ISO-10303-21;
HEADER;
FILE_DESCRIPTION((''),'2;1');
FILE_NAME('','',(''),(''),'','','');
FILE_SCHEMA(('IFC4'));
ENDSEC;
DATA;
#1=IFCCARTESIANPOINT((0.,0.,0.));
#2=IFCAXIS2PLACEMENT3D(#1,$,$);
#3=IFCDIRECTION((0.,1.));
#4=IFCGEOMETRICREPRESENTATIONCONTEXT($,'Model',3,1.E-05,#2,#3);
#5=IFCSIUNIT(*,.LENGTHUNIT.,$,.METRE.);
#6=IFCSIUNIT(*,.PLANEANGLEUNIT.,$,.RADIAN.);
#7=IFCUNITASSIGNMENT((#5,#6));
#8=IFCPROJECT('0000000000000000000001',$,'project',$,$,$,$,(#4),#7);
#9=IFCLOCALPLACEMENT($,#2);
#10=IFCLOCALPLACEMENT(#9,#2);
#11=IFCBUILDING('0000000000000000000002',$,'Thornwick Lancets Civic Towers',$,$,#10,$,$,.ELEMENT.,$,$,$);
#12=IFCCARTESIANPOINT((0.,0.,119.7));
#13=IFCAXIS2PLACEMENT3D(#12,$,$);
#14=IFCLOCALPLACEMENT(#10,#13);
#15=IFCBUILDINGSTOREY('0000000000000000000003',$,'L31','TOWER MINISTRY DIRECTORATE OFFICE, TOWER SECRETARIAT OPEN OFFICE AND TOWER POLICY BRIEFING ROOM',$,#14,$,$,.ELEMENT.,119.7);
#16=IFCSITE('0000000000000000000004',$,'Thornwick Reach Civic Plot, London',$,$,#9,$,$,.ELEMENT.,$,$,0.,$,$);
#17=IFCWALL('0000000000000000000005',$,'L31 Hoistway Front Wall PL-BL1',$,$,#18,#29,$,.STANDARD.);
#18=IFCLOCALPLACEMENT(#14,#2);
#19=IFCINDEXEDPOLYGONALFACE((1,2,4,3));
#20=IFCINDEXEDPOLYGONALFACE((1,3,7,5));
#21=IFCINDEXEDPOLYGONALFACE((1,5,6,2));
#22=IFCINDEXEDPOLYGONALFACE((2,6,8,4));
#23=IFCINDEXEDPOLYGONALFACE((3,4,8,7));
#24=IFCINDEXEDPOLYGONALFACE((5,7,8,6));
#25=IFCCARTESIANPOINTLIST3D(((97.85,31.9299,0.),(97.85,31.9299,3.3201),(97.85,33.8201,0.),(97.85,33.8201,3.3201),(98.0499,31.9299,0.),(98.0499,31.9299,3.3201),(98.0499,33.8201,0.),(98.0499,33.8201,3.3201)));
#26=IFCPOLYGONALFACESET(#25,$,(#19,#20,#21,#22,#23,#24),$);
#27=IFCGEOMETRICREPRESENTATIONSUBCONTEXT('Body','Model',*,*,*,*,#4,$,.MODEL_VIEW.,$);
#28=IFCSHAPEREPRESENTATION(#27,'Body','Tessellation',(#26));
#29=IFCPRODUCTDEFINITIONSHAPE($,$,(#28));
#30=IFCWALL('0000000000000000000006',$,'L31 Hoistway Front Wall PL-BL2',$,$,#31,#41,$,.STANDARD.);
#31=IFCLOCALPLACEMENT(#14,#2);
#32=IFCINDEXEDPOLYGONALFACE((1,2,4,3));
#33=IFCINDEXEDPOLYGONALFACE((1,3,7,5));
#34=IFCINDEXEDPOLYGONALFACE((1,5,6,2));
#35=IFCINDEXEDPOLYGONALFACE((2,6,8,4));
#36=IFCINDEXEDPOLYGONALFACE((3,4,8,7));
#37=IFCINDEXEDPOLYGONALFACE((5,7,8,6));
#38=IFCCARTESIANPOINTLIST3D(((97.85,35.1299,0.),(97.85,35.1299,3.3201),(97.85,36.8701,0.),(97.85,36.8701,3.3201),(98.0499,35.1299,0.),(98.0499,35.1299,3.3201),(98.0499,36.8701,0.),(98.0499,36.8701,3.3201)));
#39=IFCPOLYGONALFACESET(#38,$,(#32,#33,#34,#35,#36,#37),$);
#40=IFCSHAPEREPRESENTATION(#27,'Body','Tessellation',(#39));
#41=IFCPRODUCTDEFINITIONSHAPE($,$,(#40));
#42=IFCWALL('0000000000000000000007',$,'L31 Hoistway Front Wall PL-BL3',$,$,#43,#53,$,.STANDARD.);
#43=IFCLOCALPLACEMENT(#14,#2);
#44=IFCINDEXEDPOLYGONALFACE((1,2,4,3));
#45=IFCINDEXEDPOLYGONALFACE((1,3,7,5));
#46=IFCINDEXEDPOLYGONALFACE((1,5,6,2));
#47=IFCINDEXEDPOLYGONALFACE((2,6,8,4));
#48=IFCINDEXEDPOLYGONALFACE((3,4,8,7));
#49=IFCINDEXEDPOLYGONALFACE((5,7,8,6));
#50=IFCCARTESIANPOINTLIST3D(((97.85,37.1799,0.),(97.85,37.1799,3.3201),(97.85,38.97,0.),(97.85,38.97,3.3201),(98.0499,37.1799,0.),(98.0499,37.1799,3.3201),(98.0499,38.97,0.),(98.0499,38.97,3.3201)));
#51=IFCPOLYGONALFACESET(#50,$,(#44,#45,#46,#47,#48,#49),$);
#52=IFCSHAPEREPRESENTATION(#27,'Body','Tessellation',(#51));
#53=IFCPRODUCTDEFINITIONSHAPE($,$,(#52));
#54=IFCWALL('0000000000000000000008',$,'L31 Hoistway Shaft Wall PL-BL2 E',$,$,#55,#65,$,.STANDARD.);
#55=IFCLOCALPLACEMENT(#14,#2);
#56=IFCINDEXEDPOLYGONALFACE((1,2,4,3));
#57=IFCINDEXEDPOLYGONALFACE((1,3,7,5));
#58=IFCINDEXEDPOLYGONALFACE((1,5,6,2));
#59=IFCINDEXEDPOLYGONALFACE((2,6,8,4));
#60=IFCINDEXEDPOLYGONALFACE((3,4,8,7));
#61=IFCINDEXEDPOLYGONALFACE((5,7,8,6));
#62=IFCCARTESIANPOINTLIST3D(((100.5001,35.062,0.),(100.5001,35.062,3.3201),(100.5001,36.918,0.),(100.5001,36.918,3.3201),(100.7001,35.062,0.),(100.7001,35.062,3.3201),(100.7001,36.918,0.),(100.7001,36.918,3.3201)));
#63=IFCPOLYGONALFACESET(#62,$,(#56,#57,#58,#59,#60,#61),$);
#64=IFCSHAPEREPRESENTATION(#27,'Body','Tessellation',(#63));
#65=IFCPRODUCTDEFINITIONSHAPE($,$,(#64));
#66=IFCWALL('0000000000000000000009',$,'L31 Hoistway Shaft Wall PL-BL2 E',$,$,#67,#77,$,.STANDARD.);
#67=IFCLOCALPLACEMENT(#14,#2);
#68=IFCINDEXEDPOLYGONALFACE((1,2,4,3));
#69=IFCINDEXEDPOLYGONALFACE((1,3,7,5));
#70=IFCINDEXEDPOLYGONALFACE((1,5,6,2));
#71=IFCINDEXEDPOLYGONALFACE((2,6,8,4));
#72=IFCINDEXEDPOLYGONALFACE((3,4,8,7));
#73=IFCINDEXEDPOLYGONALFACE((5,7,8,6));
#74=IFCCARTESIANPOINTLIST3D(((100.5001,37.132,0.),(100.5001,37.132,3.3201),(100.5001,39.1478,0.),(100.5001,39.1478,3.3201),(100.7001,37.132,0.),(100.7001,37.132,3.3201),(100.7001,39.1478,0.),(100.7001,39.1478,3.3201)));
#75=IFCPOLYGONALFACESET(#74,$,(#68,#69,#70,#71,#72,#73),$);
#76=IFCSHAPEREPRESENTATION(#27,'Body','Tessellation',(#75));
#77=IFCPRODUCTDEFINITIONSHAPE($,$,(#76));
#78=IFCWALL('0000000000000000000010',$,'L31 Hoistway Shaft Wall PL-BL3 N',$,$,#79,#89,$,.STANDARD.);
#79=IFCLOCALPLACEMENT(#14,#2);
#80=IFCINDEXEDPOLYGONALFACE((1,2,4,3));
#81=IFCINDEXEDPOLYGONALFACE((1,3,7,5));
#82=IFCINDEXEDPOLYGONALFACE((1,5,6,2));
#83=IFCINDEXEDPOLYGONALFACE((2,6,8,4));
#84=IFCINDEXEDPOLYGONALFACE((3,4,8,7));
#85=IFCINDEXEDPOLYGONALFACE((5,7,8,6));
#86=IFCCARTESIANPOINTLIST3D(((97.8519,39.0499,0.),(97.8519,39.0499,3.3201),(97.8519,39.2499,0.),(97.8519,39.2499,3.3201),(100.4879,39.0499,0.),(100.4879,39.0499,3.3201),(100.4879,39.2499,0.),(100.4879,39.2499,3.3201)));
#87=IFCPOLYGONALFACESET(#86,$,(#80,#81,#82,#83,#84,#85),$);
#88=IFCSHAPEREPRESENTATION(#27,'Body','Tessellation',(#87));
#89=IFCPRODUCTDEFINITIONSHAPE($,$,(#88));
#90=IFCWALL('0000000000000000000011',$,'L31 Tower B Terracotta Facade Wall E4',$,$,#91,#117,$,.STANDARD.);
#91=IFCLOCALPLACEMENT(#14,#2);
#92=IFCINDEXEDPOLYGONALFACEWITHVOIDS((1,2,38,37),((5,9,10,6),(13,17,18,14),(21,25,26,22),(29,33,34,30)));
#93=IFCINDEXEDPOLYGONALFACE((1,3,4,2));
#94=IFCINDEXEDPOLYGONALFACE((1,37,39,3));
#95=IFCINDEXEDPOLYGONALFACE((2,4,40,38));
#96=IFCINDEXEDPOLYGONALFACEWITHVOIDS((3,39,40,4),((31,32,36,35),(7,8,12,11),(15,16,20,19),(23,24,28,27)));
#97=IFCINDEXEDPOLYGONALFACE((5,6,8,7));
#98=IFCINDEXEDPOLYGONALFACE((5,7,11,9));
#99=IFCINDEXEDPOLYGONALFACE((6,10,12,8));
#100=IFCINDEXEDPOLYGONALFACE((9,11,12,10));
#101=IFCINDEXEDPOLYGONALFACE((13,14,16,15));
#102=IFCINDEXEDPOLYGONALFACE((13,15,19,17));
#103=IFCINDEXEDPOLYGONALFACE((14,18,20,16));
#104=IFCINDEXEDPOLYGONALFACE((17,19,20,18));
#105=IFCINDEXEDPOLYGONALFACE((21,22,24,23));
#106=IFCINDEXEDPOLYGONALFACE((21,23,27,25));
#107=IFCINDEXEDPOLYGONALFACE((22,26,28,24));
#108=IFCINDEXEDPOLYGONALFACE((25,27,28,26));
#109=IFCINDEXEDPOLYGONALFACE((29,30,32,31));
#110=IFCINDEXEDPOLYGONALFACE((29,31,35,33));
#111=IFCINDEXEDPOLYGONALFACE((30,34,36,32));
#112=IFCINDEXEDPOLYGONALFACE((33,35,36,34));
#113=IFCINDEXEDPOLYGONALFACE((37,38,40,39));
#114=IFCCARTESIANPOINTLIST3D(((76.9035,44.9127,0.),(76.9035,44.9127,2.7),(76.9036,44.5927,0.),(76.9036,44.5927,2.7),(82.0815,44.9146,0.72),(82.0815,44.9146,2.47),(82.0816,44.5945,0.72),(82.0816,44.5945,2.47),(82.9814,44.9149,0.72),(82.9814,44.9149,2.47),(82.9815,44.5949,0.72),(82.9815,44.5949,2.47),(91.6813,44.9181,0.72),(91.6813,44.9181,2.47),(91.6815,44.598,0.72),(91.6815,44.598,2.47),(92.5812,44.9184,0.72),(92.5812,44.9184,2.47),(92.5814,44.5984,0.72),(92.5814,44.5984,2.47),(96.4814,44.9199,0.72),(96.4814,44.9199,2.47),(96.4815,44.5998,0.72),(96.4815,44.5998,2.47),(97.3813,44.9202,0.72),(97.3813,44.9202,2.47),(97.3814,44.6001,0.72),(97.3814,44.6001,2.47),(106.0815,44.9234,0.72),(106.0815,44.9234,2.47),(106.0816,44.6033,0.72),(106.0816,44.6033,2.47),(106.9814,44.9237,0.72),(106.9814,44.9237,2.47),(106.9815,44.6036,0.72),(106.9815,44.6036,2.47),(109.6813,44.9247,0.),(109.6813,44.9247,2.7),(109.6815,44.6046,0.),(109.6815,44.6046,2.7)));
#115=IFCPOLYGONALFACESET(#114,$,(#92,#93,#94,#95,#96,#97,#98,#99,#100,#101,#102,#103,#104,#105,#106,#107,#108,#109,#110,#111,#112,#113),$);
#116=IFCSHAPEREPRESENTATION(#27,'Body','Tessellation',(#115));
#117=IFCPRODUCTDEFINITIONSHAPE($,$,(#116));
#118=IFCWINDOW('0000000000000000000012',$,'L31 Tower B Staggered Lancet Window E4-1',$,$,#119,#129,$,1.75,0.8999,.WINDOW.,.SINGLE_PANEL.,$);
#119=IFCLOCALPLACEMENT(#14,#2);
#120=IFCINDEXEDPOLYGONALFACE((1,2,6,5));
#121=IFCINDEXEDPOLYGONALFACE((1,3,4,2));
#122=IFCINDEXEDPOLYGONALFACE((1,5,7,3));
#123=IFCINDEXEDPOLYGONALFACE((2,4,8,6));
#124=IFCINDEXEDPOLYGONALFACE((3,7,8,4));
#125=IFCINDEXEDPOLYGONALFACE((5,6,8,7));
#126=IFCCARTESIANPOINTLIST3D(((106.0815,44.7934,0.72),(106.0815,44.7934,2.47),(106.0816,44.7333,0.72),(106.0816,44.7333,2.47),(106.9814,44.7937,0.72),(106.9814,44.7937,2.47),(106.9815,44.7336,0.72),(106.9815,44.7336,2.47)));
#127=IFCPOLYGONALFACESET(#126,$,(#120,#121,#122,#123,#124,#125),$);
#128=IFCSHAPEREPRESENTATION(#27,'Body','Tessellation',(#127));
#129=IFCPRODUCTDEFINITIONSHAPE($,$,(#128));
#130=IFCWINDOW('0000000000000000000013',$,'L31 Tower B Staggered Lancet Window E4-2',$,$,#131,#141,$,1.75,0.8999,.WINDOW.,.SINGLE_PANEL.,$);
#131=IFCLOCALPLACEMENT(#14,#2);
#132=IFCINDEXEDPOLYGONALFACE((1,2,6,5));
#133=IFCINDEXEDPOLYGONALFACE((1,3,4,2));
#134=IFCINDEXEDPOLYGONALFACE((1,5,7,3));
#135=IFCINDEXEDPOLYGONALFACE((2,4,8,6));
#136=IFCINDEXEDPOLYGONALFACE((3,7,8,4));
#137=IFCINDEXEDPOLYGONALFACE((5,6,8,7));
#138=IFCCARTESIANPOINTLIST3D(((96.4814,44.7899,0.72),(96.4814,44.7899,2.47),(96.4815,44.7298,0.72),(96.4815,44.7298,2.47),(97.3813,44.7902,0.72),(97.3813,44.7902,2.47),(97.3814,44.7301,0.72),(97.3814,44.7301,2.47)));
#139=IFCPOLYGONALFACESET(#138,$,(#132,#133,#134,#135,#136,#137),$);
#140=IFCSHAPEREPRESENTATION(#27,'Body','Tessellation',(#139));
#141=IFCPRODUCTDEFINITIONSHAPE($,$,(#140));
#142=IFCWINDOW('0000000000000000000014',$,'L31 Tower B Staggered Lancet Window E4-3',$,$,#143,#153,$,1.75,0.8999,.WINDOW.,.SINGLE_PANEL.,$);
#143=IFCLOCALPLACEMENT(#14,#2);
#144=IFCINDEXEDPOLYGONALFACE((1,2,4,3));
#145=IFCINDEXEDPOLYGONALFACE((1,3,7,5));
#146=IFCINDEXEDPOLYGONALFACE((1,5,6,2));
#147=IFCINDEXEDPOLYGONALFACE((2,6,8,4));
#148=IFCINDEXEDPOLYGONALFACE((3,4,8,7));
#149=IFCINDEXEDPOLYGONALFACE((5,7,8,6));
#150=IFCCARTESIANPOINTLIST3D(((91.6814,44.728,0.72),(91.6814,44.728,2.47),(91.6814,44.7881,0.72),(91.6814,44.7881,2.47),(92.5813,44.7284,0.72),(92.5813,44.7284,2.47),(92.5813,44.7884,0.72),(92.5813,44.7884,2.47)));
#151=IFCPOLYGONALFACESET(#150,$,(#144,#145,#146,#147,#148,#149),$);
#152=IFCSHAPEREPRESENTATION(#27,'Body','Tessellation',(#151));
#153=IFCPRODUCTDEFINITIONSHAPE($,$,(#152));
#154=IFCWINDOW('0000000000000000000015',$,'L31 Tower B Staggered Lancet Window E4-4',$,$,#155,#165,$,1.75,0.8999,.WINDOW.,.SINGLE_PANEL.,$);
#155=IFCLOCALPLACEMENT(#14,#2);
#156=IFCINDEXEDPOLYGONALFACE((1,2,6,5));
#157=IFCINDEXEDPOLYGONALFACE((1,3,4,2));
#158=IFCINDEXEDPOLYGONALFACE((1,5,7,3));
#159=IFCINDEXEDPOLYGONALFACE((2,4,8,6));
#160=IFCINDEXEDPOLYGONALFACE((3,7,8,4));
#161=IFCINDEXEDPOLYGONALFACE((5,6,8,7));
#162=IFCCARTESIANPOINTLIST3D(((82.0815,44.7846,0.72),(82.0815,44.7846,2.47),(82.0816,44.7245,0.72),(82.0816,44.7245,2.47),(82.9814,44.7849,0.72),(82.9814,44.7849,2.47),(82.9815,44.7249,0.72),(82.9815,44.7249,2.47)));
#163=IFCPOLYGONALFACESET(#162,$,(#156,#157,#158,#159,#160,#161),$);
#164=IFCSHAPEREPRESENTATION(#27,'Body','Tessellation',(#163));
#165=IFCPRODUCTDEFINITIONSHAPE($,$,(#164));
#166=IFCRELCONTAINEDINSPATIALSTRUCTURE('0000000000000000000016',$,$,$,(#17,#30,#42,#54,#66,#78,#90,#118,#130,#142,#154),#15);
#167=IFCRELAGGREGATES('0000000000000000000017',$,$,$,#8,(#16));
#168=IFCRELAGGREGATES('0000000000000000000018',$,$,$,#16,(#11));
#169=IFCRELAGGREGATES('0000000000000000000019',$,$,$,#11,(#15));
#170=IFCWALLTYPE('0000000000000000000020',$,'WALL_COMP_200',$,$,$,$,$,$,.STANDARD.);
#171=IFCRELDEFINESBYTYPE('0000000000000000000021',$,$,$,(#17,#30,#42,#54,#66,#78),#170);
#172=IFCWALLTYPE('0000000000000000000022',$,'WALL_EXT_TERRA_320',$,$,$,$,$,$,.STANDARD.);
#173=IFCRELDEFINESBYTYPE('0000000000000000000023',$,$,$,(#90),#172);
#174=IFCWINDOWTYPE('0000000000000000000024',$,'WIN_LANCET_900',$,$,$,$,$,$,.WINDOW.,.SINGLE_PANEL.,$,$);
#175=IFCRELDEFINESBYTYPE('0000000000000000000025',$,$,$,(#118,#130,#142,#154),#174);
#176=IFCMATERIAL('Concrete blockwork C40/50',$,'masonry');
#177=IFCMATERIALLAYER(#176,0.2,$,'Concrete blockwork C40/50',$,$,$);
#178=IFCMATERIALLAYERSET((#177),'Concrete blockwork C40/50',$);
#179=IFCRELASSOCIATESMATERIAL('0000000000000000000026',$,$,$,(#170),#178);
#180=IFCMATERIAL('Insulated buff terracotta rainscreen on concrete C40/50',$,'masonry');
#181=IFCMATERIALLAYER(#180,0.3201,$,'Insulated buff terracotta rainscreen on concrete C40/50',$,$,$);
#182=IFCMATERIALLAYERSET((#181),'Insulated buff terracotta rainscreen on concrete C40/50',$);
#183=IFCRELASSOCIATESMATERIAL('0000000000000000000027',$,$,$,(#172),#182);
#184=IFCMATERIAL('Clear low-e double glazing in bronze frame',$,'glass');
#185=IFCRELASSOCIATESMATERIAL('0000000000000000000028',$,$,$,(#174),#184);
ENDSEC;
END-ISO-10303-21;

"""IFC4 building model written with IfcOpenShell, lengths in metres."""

from ifc_helpers import new_model, si_unit, direction, frame, frame_2d, origin, place, context, subcontext, project, spatial, rectangle, extrude, material, layer, layer_set, type_object, element, fill, save


model = new_model("IFC4")

# Units and contexts
model_context = context("Model", 3, precision=1e-05, world=origin(), true_north=direction((0.0, 1.0)))
body_context = subcontext(model_context, "Body", "Model", "MODEL_VIEW")
ifc_project = project(units=[si_unit("LENGTHUNIT", "METRE"), si_unit("PLANEANGLEUNIT", "RADIAN")], contexts=[model_context])

# Site, building, storey
site_placement = place(None, origin())
site = spatial("IfcSite", under=ifc_project, at=site_placement, Name="Thornwick Reach Civic Plot, London", CompositionType="ELEMENT", RefElevation=0.0)
building_placement = place(site_placement, origin())
building = spatial("IfcBuilding", under=site, at=building_placement, Name="Thornwick Lancets Civic Towers", CompositionType="ELEMENT")
storey_placement = place(building_placement, frame((0.0, 0.0, 119.7)))
storey = spatial("IfcBuildingStorey", under=building, at=storey_placement, Name="L31", Description="TOWER MINISTRY DIRECTORATE OFFICE, TOWER SECRETARIAT OPEN OFFICE AND TOWER POLICY BRIEFING ROOM", CompositionType="ELEMENT", Elevation=119.7)

# Shared definitions
ifc_material_1 = material(Name="Concrete blockwork C40/50", Category="masonry")
ifc_layer_1 = layer(ifc_material_1, 0.2, Name="Concrete blockwork C40/50")
ifc_layer_set_1 = layer_set([ifc_layer_1], Name="Concrete blockwork C40/50")
wall_type_1 = type_object("IfcWallType", Name="WALL_COMP_200", PredefinedType="STANDARD", material=ifc_layer_set_1)

# Walls
wall_1_placement = place(storey_placement, frame((97.95, 33.8201, 0.0), z_axis=(0.0, 0.0, 1.0), x_axis=(0.0, -1.0, 0.0)))
element("IfcWall", 1, at=wall_1_placement, inside=storey, type_object=wall_type_1, Name="L31 Hoistway Front Wall PL-BL1", PredefinedType="STANDARD", context=body_context, shape_type="SweptSolid", body=[
    extrude(rectangle(XDim=1.8901, YDim=0.2, at=frame_2d((0.9451, 0.0))), origin(), (0.0, 0.0, 1.0), 3.3201),
])
wall_2_placement = place(storey_placement, frame((97.95, 36.8701, 0.0), z_axis=(0.0, 0.0, 1.0), x_axis=(0.0, -1.0, 0.0)))
element("IfcWall", 2, at=wall_2_placement, inside=storey, type_object=wall_type_1, Name="L31 Hoistway Front Wall PL-BL2", PredefinedType="STANDARD", context=body_context, shape_type="SweptSolid", body=[
    extrude(rectangle(XDim=1.7402, YDim=0.2, at=frame_2d((0.8701, 0.0))), origin(), (0.0, 0.0, 1.0), 3.3201),
])
wall_3_placement = place(storey_placement, frame((97.95, 38.97, 0.0), z_axis=(0.0, 0.0, 1.0), x_axis=(0.0, -1.0, 0.0)))
element("IfcWall", 3, at=wall_3_placement, inside=storey, type_object=wall_type_1, Name="L31 Hoistway Front Wall PL-BL3", PredefinedType="STANDARD", context=body_context, shape_type="SweptSolid", body=[
    extrude(rectangle(XDim=1.79, YDim=0.2, at=frame_2d((0.895, 0.0))), origin(), (0.0, 0.0, 1.0), 3.3201),
])
wall_4_placement = place(storey_placement, frame((100.6001, 35.062, 0.0), z_axis=(0.0, 0.0, 1.0), x_axis=(0.0, 1.0, 0.0)))
element("IfcWall", 4, at=wall_4_placement, inside=storey, type_object=wall_type_1, Name="L31 Hoistway Shaft Wall PL-BL2 E", PredefinedType="STANDARD", context=body_context, shape_type="SweptSolid", body=[
    extrude(rectangle(XDim=1.856, YDim=0.2, at=frame_2d((0.928, 0.0))), origin(), (0.0, 0.0, 1.0), 3.3201),
])
wall_5_placement = place(storey_placement, frame((100.6001, 37.1321, 0.0), z_axis=(0.0, 0.0, 1.0), x_axis=(0.0, 1.0, 0.0)))
element("IfcWall", 5, at=wall_5_placement, inside=storey, type_object=wall_type_1, Name="L31 Hoistway Shaft Wall PL-BL2 E", PredefinedType="STANDARD", context=body_context, shape_type="SweptSolid", body=[
    extrude(rectangle(XDim=2.0159, YDim=0.2, at=frame_2d((1.0078, 0.0))), origin(), (0.0, 0.0, 1.0), 3.3201),
])
wall_6_placement = place(storey_placement, frame((97.8521, 39.1499, 0.0), z_axis=(0.0, 0.0, 1.0), x_axis=(1.0, 0.0, 0.0)))
element("IfcWall", 6, at=wall_6_placement, inside=storey, type_object=wall_type_1, Name="L31 Hoistway Shaft Wall PL-BL3 N", PredefinedType="STANDARD", context=body_context, shape_type="SweptSolid", body=[
    extrude(rectangle(XDim=2.636, YDim=0.2, at=frame_2d((1.3179, 0.0))), origin(), (0.0, 0.0, 1.0), 3.3201),
])

# Wall, openings, windows
ifc_material_2 = material(Name="Insulated buff terracotta rainscreen on concrete C40/50", Category="masonry")
ifc_layer_2 = layer(ifc_material_2, 0.3201, Name="Insulated buff terracotta rainscreen on concrete C40/50")
ifc_layer_set_2 = layer_set([ifc_layer_2], Name="Insulated buff terracotta rainscreen on concrete C40/50")
wall_type_2 = type_object("IfcWallType", Name="WALL_EXT_TERRA_320", PredefinedType="STANDARD", material=ifc_layer_set_2)
wall_7_placement = place(storey_placement, frame((109.6814, 44.7646, 0.0), z_axis=(0.0, 0.0, 1.0), x_axis=(-1.0, -0.000365, 0.0)))
wall_7 = element("IfcWall", 7, at=wall_7_placement, inside=storey, type_object=wall_type_2, Name="L31 Tower B Terracotta Facade Wall E4", PredefinedType="STANDARD", context=body_context, shape_type="SweptSolid", body=[
    extrude(rectangle(XDim=32.7778, YDim=0.3201, at=frame_2d((16.3889, 0.0))), origin(), (0.0, 0.0, 1.0), 2.7),
])
opening_1_placement = place(wall_7_placement, frame((2.7, 0.0, 0.72)))
opening_1 = element("IfcOpeningElement", 8, at=opening_1_placement, cuts=wall_7, PredefinedType="OPENING", context=body_context, shape_type="SweptSolid", body=[
    extrude(rectangle(XDim=0.8999, YDim=1.75, at=frame_2d((0.45, 0.875))), frame((0.0, 0.1699, 0.0), z_axis=(0.0, -1.0, 0.0), x_axis=(1.0, 0.0, 0.0)), (0.0, 0.0, 1.0), 0.3401),
])
opening_2_placement = place(wall_7_placement, frame((12.3, 0.0, 0.72)))
opening_2 = element("IfcOpeningElement", 9, at=opening_2_placement, cuts=wall_7, PredefinedType="OPENING", context=body_context, shape_type="SweptSolid", body=[
    extrude(rectangle(XDim=0.8999, YDim=1.75, at=frame_2d((0.45, 0.875))), frame((0.0, 0.1699, 0.0), z_axis=(0.0, -1.0, 0.0), x_axis=(1.0, 0.0, 0.0)), (0.0, 0.0, 1.0), 0.3401),
])
opening_3_placement = place(wall_7_placement, frame((17.1001, 0.0, 0.72)))
opening_3 = element("IfcOpeningElement", 10, at=opening_3_placement, cuts=wall_7, PredefinedType="OPENING", context=body_context, shape_type="SweptSolid", body=[
    extrude(rectangle(XDim=0.8999, YDim=1.75, at=frame_2d((0.45, 0.875))), frame((0.0, 0.1699, 0.0), z_axis=(0.0, -1.0, 0.0), x_axis=(1.0, 0.0, 0.0)), (0.0, 0.0, 1.0), 0.3401),
])
opening_4_placement = place(wall_7_placement, frame((26.7, 0.0, 0.72)))
opening_4 = element("IfcOpeningElement", 11, at=opening_4_placement, cuts=wall_7, PredefinedType="OPENING", context=body_context, shape_type="SweptSolid", body=[
    extrude(rectangle(XDim=0.8999, YDim=1.75, at=frame_2d((0.45, 0.875))), frame((0.0, 0.1699, 0.0), z_axis=(0.0, -1.0, 0.0), x_axis=(1.0, 0.0, 0.0)), (0.0, 0.0, 1.0), 0.3401),
])
ifc_material_3 = material(Name="Clear low-e double glazing in bronze frame", Category="glass")
window_type = type_object("IfcWindowType", Name="WIN_LANCET_900", PartitioningType="SINGLE_PANEL", PredefinedType="WINDOW", material=ifc_material_3)
window_1_placement = place(opening_1_placement, origin())
window_1 = element("IfcWindow", 12, at=window_1_placement, inside=storey, type_object=window_type, Name="L31 Tower B Staggered Lancet Window E4-1", OverallHeight=1.75, OverallWidth=0.8999, PartitioningType="SINGLE_PANEL", PredefinedType="WINDOW", context=body_context, shape_type="SweptSolid", body=[
    extrude(rectangle(XDim=0.8999, YDim=1.75, at=frame_2d((0.45, 0.875))), frame((0.0, 0.03, 0.0), z_axis=(0.0, -1.0, 0.0), x_axis=(1.0, 0.0, 0.0)), (0.0, 0.0, 1.0), 0.0601),
])
fill(opening_1, window_1)
window_2_placement = place(opening_2_placement, origin())
window_2 = element("IfcWindow", 13, at=window_2_placement, inside=storey, type_object=window_type, Name="L31 Tower B Staggered Lancet Window E4-2", OverallHeight=1.75, OverallWidth=0.8999, PartitioningType="SINGLE_PANEL", PredefinedType="WINDOW", context=body_context, shape_type="SweptSolid", body=[
    extrude(rectangle(XDim=0.8999, YDim=1.75, at=frame_2d((0.45, 0.875))), frame((0.0, 0.03, 0.0), z_axis=(0.0, -1.0, 0.0), x_axis=(1.0, 0.0, 0.0)), (0.0, 0.0, 1.0), 0.0601),
])
fill(opening_2, window_2)
window_3_placement = place(opening_3_placement, origin())
window_3 = element("IfcWindow", 14, at=window_3_placement, inside=storey, type_object=window_type, Name="L31 Tower B Staggered Lancet Window E4-3", OverallHeight=1.75, OverallWidth=0.8999, PartitioningType="SINGLE_PANEL", PredefinedType="WINDOW", context=body_context, shape_type="SweptSolid", body=[
    extrude(rectangle(XDim=0.8999, YDim=1.75, at=frame_2d((0.45, 0.875))), frame((0.0, 0.03, 0.0), z_axis=(0.0, -1.0, 0.0), x_axis=(1.0, 0.0, 0.0)), (0.0, 0.0, 1.0), 0.0601),
])
fill(opening_3, window_3)
window_4_placement = place(opening_4_placement, origin())
window_4 = element("IfcWindow", 15, at=window_4_placement, inside=storey, type_object=window_type, Name="L31 Tower B Staggered Lancet Window E4-4", OverallHeight=1.75, OverallWidth=0.8999, PartitioningType="SINGLE_PANEL", PredefinedType="WINDOW", context=body_context, shape_type="SweptSolid", body=[
    extrude(rectangle(XDim=0.8999, YDim=1.75, at=frame_2d((0.45, 0.875))), frame((0.0, 0.03, 0.0), z_axis=(0.0, -1.0, 0.0), x_axis=(1.0, 0.0, 0.0)), (0.0, 0.0, 1.0), 0.0601),
])
fill(opening_4, window_4)

save(model, "model.ifc")
